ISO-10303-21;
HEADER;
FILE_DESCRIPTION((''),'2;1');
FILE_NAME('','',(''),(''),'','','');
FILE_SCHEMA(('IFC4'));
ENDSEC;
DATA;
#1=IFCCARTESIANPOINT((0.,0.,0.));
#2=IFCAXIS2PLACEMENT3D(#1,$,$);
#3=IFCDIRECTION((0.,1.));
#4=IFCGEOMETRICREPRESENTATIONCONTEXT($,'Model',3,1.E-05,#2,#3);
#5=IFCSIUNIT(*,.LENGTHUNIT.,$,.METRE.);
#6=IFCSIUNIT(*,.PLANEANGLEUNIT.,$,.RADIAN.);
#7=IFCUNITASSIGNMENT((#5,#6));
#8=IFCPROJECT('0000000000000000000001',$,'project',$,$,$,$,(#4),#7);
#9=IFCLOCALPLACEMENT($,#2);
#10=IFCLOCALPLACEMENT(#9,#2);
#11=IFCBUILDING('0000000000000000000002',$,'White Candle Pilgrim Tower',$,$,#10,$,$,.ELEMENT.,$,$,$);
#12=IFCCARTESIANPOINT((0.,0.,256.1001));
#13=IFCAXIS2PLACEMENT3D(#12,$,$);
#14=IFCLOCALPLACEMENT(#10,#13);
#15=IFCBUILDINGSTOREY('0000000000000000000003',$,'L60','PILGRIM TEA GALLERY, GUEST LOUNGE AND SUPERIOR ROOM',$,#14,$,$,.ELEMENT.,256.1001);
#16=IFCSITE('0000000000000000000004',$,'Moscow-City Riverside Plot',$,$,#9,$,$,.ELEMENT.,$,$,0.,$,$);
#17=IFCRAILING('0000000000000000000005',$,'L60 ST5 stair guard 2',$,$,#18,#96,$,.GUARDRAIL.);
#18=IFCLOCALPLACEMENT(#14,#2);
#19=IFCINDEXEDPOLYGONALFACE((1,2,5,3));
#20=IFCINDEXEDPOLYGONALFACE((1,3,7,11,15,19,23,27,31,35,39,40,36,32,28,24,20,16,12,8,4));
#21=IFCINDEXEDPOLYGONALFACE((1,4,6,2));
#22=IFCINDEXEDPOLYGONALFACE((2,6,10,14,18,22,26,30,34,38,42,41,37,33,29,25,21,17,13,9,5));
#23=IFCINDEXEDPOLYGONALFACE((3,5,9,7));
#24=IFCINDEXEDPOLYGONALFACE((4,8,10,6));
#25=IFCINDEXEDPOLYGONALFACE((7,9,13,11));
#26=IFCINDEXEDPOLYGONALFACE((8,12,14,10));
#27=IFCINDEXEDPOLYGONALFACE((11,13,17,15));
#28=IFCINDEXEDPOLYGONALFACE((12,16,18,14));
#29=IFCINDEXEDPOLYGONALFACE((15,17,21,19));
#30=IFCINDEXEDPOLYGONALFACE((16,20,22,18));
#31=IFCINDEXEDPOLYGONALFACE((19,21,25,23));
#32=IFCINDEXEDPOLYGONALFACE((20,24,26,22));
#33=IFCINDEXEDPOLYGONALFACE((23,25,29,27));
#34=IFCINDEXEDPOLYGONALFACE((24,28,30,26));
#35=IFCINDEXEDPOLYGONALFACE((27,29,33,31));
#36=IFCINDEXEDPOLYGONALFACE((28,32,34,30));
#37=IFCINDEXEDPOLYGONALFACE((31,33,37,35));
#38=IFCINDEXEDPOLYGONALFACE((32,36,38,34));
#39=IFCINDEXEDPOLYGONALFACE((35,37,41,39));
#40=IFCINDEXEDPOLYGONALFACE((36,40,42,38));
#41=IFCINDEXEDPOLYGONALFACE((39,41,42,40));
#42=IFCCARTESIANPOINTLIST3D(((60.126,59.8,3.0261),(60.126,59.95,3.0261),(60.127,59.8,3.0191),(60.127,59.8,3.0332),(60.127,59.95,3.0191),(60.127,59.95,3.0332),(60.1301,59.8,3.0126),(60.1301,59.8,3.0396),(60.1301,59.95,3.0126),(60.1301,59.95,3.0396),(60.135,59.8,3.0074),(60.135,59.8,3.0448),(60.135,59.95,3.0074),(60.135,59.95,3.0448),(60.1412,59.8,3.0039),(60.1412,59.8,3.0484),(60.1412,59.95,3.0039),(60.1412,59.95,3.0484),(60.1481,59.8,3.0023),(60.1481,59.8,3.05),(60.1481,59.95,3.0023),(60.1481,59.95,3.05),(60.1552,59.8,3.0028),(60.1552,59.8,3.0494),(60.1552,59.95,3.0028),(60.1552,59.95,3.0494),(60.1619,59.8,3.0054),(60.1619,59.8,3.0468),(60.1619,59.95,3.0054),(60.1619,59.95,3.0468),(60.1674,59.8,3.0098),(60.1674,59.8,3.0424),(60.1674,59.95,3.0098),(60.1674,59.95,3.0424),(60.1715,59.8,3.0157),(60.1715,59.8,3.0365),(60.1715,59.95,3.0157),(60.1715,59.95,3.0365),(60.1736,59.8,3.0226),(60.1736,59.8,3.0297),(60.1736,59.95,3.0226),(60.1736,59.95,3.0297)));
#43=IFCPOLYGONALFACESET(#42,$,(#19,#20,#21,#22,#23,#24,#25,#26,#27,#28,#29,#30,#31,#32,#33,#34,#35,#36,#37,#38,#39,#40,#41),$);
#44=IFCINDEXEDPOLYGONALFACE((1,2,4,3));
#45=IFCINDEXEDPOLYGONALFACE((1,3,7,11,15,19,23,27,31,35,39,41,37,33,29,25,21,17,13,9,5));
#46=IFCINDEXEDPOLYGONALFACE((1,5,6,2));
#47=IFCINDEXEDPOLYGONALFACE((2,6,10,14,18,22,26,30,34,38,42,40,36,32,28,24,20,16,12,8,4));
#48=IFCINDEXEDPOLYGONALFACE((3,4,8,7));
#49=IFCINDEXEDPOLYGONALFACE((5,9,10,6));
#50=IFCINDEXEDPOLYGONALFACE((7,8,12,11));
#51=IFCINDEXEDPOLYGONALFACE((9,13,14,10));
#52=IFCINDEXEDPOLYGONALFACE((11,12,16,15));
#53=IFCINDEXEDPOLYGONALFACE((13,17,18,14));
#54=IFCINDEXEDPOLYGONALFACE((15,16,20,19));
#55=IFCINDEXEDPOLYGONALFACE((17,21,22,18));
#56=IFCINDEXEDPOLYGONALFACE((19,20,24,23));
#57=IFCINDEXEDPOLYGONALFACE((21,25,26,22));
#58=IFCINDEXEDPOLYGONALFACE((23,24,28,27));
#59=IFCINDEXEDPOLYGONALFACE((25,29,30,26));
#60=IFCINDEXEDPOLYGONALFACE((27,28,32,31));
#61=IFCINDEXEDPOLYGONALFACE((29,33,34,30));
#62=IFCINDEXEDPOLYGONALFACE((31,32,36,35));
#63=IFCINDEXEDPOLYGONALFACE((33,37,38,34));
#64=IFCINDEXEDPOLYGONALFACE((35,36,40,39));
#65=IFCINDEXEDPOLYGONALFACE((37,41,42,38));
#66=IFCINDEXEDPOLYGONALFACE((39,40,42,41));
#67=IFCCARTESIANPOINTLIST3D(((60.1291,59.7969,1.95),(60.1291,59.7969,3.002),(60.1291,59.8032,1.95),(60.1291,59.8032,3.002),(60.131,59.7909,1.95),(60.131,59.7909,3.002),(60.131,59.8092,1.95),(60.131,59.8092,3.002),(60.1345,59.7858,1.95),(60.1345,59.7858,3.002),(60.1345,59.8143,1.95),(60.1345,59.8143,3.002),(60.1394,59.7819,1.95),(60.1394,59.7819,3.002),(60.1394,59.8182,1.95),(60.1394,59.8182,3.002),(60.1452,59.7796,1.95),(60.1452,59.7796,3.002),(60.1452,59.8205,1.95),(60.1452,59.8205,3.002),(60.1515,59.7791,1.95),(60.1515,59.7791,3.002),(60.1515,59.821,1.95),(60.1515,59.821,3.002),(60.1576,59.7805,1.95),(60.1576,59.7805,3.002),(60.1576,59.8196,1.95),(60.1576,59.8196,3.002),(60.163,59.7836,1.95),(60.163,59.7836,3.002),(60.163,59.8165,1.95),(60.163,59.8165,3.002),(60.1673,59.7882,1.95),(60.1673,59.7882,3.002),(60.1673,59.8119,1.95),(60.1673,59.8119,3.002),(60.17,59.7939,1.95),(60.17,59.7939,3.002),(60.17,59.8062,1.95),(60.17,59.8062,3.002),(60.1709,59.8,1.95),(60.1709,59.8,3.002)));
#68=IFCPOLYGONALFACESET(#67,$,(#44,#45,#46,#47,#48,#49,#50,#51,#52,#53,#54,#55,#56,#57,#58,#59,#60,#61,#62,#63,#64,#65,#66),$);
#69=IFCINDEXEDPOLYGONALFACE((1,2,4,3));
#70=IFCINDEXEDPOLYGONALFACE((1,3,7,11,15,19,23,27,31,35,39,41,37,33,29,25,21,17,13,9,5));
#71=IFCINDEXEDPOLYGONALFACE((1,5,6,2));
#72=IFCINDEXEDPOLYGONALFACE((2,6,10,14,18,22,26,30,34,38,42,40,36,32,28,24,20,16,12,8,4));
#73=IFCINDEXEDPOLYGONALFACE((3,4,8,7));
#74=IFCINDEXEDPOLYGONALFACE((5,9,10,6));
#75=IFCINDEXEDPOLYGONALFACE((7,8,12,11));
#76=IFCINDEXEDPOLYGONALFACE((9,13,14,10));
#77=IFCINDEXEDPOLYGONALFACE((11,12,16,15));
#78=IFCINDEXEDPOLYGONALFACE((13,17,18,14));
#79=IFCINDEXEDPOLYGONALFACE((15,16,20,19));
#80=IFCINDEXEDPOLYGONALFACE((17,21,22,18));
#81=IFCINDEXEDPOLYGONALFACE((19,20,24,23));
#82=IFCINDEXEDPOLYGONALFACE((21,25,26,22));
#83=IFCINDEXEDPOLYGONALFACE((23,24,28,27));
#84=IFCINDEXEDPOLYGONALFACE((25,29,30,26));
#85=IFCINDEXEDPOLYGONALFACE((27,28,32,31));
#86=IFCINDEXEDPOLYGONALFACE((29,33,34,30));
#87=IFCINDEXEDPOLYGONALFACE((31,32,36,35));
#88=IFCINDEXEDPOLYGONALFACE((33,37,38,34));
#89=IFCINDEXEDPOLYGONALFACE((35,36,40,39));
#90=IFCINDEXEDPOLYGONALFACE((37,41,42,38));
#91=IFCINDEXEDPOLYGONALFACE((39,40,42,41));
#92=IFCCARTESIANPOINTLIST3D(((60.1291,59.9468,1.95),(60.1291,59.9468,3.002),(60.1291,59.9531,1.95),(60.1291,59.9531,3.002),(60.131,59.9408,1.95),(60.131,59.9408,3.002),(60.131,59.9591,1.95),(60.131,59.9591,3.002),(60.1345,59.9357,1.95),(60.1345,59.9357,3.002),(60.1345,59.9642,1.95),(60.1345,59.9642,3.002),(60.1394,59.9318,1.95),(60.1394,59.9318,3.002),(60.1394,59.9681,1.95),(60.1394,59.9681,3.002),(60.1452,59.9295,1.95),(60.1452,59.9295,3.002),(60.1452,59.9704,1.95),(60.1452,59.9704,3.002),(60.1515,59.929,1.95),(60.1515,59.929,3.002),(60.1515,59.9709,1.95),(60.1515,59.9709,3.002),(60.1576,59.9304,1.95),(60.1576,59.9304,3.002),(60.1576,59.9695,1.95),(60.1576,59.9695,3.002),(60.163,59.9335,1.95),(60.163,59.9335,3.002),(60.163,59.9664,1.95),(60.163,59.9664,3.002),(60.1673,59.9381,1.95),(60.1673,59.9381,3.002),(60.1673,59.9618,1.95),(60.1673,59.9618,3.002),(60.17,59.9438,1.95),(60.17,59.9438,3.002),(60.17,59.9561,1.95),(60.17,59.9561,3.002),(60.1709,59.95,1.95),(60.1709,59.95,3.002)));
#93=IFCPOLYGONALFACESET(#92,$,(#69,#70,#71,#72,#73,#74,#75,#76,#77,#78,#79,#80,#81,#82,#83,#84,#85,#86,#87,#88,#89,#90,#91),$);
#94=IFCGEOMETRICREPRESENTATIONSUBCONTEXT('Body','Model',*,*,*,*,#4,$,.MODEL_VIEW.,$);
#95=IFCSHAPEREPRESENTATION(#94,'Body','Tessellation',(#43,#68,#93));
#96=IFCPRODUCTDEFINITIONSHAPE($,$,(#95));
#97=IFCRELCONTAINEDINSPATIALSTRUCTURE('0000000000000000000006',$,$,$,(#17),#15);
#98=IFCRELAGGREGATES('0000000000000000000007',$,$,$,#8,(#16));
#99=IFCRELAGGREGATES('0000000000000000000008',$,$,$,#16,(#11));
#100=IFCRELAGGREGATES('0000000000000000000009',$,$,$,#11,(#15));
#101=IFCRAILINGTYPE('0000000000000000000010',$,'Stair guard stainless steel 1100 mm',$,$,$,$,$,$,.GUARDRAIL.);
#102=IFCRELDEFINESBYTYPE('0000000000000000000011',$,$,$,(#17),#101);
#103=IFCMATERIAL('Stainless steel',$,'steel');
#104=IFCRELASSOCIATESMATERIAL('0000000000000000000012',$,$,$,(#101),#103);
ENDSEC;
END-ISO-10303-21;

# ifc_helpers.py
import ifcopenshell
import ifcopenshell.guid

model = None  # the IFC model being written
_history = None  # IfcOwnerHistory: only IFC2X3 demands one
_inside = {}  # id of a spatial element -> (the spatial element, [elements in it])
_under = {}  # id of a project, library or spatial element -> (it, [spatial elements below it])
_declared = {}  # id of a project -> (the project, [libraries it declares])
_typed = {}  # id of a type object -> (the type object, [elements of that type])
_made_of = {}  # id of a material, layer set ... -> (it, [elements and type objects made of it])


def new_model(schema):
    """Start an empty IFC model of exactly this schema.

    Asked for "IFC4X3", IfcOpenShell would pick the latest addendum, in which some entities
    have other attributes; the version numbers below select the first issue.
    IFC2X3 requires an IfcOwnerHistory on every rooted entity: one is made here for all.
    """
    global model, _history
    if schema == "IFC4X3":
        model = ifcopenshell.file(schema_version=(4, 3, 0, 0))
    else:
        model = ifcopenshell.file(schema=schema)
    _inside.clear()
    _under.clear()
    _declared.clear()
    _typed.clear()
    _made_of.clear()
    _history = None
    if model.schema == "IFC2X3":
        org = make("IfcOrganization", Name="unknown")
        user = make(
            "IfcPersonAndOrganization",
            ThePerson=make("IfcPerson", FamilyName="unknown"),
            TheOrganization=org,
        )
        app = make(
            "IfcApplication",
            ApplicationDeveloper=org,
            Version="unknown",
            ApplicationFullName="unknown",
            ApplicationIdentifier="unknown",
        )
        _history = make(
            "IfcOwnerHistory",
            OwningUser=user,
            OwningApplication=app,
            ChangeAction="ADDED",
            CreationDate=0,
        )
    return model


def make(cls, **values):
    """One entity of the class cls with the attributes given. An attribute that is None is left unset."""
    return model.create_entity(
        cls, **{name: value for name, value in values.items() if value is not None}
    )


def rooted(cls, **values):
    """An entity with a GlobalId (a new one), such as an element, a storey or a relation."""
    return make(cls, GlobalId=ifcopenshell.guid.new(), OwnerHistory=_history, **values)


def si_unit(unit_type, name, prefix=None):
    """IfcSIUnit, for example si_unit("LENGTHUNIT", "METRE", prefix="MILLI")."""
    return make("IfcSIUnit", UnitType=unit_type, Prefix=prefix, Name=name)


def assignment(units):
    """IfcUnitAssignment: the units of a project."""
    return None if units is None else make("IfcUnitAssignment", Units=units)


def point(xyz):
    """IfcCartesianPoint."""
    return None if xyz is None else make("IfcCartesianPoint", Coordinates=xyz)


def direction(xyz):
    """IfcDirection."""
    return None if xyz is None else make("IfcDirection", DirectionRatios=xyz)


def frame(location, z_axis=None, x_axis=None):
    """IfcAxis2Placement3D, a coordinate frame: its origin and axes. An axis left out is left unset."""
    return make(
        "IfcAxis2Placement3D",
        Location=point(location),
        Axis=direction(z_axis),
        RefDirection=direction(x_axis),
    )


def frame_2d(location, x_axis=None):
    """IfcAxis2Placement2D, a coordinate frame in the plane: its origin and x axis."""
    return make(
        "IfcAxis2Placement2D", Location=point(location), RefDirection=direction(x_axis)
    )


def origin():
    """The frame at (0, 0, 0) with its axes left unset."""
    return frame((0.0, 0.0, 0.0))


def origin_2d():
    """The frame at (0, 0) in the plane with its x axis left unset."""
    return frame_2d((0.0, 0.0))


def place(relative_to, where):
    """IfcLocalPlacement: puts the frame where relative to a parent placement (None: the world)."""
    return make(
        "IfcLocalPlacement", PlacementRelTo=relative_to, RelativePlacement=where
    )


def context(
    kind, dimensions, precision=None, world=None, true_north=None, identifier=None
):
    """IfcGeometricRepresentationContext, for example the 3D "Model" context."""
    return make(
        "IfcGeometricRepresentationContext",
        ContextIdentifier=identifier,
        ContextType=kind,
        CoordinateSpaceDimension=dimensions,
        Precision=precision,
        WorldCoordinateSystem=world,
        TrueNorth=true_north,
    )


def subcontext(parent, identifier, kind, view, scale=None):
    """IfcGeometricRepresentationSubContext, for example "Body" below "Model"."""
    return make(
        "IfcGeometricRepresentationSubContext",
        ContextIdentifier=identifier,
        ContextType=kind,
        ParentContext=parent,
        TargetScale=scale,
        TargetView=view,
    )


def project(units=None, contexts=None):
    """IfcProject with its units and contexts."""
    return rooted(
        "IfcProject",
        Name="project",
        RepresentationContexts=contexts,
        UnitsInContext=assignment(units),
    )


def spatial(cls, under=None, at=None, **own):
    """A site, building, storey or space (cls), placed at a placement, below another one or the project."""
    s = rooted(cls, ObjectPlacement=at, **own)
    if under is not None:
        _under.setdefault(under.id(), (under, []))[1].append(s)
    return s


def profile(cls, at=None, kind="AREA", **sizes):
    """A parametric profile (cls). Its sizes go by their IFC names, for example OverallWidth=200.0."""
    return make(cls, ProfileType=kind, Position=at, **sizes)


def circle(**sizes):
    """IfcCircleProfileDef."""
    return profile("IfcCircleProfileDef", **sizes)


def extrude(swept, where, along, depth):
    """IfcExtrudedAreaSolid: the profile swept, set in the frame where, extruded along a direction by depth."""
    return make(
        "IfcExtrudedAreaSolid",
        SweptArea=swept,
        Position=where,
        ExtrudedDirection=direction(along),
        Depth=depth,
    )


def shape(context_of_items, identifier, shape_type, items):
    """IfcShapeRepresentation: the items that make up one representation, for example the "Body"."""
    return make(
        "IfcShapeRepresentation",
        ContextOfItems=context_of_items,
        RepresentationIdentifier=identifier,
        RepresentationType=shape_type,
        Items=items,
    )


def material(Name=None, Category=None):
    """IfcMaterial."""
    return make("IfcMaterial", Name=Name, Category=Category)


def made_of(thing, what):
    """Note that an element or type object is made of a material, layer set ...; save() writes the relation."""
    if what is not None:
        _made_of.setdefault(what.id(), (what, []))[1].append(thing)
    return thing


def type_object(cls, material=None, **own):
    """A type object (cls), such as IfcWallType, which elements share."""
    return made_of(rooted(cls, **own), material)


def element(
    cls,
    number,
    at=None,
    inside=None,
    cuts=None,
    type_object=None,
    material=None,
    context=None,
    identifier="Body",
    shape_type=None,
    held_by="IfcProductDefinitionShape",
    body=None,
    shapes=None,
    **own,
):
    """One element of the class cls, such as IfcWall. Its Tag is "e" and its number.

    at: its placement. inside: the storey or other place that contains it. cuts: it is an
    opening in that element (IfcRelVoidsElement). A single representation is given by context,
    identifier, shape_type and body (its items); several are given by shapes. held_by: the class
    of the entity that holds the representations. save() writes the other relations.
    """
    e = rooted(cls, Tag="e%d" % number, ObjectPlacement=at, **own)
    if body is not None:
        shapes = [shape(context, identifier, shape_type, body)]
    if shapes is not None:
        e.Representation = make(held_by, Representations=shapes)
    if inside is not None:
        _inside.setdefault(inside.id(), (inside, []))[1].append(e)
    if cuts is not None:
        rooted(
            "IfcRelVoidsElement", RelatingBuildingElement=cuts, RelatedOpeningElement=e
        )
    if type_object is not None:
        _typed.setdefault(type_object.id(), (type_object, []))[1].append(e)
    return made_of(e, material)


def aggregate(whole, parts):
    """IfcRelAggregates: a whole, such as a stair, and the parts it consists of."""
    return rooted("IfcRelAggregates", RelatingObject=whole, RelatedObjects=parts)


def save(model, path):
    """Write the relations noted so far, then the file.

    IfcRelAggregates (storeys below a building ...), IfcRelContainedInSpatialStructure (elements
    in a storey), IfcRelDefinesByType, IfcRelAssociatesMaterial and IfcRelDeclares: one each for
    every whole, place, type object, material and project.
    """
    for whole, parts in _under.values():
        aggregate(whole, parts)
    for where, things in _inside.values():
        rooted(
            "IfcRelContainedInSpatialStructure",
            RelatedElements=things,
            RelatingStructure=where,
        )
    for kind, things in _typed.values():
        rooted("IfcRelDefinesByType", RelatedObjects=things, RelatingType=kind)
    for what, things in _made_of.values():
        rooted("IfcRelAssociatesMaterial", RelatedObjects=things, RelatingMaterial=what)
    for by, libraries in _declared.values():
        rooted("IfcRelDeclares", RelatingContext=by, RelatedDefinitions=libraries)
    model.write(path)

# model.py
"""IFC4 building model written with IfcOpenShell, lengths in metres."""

from ifc_helpers import new_model, si_unit, direction, frame, origin, origin_2d, place, context, subcontext, project, spatial, circle, extrude, material, type_object, element, save


model = new_model("IFC4")

# Units and contexts
model_context = context("Model", 3, precision=1e-05, world=origin(), true_north=direction((0.0, 1.0)))
body_context = subcontext(model_context, "Body", "Model", "MODEL_VIEW")
ifc_project = project(units=[si_unit("LENGTHUNIT", "METRE"), si_unit("PLANEANGLEUNIT", "RADIAN")], contexts=[model_context])

# Site, building, storey
site_placement = place(None, origin())
site = spatial("IfcSite", under=ifc_project, at=site_placement, Name="Moscow-City Riverside Plot", CompositionType="ELEMENT", RefElevation=0.0)
building_placement = place(site_placement, origin())
building = spatial("IfcBuilding", under=site, at=building_placement, Name="White Candle Pilgrim Tower", CompositionType="ELEMENT")
storey_placement = place(building_placement, frame((0.0, 0.0, 256.1001)))
storey = spatial("IfcBuildingStorey", under=building, at=storey_placement, Name="L60", Description="PILGRIM TEA GALLERY, GUEST LOUNGE AND SUPERIOR ROOM", CompositionType="ELEMENT", Elevation=256.1001)

# Railing
ifc_material_1 = material(Name="Stainless steel", Category="steel")
railing_type_1 = type_object("IfcRailingType", Name="Stair guard stainless steel 1100 mm", PredefinedType="GUARDRAIL", material=ifc_material_1)
railing_1_placement = place(storey_placement, frame((60.1499, 59.8, 1.95)))
element("IfcRailing", 1, at=railing_1_placement, inside=storey, type_object=railing_type_1, Name="L60 ST5 stair guard 2", PredefinedType="GUARDRAIL", context=body_context, shape_type="SweptSolid", body=[
    extrude(circle(Radius=0.0239, at=origin_2d()), frame((0.0, 0.0, 1.0762), z_axis=(0.0, 1.0, 0.0), x_axis=(-1.0, 0.0, 0.0)), (0.0, 0.0, 1.0), 0.1499),
    extrude(circle(Radius=0.021, at=origin_2d()), origin(), (0.0, 0.0, 1.0), 1.052),
    extrude(circle(Radius=0.021, at=origin_2d()), frame((0.0, 0.1499, 0.0)), (0.0, 0.0, 1.0), 1.052),
])

save(model, "model.ifc")
